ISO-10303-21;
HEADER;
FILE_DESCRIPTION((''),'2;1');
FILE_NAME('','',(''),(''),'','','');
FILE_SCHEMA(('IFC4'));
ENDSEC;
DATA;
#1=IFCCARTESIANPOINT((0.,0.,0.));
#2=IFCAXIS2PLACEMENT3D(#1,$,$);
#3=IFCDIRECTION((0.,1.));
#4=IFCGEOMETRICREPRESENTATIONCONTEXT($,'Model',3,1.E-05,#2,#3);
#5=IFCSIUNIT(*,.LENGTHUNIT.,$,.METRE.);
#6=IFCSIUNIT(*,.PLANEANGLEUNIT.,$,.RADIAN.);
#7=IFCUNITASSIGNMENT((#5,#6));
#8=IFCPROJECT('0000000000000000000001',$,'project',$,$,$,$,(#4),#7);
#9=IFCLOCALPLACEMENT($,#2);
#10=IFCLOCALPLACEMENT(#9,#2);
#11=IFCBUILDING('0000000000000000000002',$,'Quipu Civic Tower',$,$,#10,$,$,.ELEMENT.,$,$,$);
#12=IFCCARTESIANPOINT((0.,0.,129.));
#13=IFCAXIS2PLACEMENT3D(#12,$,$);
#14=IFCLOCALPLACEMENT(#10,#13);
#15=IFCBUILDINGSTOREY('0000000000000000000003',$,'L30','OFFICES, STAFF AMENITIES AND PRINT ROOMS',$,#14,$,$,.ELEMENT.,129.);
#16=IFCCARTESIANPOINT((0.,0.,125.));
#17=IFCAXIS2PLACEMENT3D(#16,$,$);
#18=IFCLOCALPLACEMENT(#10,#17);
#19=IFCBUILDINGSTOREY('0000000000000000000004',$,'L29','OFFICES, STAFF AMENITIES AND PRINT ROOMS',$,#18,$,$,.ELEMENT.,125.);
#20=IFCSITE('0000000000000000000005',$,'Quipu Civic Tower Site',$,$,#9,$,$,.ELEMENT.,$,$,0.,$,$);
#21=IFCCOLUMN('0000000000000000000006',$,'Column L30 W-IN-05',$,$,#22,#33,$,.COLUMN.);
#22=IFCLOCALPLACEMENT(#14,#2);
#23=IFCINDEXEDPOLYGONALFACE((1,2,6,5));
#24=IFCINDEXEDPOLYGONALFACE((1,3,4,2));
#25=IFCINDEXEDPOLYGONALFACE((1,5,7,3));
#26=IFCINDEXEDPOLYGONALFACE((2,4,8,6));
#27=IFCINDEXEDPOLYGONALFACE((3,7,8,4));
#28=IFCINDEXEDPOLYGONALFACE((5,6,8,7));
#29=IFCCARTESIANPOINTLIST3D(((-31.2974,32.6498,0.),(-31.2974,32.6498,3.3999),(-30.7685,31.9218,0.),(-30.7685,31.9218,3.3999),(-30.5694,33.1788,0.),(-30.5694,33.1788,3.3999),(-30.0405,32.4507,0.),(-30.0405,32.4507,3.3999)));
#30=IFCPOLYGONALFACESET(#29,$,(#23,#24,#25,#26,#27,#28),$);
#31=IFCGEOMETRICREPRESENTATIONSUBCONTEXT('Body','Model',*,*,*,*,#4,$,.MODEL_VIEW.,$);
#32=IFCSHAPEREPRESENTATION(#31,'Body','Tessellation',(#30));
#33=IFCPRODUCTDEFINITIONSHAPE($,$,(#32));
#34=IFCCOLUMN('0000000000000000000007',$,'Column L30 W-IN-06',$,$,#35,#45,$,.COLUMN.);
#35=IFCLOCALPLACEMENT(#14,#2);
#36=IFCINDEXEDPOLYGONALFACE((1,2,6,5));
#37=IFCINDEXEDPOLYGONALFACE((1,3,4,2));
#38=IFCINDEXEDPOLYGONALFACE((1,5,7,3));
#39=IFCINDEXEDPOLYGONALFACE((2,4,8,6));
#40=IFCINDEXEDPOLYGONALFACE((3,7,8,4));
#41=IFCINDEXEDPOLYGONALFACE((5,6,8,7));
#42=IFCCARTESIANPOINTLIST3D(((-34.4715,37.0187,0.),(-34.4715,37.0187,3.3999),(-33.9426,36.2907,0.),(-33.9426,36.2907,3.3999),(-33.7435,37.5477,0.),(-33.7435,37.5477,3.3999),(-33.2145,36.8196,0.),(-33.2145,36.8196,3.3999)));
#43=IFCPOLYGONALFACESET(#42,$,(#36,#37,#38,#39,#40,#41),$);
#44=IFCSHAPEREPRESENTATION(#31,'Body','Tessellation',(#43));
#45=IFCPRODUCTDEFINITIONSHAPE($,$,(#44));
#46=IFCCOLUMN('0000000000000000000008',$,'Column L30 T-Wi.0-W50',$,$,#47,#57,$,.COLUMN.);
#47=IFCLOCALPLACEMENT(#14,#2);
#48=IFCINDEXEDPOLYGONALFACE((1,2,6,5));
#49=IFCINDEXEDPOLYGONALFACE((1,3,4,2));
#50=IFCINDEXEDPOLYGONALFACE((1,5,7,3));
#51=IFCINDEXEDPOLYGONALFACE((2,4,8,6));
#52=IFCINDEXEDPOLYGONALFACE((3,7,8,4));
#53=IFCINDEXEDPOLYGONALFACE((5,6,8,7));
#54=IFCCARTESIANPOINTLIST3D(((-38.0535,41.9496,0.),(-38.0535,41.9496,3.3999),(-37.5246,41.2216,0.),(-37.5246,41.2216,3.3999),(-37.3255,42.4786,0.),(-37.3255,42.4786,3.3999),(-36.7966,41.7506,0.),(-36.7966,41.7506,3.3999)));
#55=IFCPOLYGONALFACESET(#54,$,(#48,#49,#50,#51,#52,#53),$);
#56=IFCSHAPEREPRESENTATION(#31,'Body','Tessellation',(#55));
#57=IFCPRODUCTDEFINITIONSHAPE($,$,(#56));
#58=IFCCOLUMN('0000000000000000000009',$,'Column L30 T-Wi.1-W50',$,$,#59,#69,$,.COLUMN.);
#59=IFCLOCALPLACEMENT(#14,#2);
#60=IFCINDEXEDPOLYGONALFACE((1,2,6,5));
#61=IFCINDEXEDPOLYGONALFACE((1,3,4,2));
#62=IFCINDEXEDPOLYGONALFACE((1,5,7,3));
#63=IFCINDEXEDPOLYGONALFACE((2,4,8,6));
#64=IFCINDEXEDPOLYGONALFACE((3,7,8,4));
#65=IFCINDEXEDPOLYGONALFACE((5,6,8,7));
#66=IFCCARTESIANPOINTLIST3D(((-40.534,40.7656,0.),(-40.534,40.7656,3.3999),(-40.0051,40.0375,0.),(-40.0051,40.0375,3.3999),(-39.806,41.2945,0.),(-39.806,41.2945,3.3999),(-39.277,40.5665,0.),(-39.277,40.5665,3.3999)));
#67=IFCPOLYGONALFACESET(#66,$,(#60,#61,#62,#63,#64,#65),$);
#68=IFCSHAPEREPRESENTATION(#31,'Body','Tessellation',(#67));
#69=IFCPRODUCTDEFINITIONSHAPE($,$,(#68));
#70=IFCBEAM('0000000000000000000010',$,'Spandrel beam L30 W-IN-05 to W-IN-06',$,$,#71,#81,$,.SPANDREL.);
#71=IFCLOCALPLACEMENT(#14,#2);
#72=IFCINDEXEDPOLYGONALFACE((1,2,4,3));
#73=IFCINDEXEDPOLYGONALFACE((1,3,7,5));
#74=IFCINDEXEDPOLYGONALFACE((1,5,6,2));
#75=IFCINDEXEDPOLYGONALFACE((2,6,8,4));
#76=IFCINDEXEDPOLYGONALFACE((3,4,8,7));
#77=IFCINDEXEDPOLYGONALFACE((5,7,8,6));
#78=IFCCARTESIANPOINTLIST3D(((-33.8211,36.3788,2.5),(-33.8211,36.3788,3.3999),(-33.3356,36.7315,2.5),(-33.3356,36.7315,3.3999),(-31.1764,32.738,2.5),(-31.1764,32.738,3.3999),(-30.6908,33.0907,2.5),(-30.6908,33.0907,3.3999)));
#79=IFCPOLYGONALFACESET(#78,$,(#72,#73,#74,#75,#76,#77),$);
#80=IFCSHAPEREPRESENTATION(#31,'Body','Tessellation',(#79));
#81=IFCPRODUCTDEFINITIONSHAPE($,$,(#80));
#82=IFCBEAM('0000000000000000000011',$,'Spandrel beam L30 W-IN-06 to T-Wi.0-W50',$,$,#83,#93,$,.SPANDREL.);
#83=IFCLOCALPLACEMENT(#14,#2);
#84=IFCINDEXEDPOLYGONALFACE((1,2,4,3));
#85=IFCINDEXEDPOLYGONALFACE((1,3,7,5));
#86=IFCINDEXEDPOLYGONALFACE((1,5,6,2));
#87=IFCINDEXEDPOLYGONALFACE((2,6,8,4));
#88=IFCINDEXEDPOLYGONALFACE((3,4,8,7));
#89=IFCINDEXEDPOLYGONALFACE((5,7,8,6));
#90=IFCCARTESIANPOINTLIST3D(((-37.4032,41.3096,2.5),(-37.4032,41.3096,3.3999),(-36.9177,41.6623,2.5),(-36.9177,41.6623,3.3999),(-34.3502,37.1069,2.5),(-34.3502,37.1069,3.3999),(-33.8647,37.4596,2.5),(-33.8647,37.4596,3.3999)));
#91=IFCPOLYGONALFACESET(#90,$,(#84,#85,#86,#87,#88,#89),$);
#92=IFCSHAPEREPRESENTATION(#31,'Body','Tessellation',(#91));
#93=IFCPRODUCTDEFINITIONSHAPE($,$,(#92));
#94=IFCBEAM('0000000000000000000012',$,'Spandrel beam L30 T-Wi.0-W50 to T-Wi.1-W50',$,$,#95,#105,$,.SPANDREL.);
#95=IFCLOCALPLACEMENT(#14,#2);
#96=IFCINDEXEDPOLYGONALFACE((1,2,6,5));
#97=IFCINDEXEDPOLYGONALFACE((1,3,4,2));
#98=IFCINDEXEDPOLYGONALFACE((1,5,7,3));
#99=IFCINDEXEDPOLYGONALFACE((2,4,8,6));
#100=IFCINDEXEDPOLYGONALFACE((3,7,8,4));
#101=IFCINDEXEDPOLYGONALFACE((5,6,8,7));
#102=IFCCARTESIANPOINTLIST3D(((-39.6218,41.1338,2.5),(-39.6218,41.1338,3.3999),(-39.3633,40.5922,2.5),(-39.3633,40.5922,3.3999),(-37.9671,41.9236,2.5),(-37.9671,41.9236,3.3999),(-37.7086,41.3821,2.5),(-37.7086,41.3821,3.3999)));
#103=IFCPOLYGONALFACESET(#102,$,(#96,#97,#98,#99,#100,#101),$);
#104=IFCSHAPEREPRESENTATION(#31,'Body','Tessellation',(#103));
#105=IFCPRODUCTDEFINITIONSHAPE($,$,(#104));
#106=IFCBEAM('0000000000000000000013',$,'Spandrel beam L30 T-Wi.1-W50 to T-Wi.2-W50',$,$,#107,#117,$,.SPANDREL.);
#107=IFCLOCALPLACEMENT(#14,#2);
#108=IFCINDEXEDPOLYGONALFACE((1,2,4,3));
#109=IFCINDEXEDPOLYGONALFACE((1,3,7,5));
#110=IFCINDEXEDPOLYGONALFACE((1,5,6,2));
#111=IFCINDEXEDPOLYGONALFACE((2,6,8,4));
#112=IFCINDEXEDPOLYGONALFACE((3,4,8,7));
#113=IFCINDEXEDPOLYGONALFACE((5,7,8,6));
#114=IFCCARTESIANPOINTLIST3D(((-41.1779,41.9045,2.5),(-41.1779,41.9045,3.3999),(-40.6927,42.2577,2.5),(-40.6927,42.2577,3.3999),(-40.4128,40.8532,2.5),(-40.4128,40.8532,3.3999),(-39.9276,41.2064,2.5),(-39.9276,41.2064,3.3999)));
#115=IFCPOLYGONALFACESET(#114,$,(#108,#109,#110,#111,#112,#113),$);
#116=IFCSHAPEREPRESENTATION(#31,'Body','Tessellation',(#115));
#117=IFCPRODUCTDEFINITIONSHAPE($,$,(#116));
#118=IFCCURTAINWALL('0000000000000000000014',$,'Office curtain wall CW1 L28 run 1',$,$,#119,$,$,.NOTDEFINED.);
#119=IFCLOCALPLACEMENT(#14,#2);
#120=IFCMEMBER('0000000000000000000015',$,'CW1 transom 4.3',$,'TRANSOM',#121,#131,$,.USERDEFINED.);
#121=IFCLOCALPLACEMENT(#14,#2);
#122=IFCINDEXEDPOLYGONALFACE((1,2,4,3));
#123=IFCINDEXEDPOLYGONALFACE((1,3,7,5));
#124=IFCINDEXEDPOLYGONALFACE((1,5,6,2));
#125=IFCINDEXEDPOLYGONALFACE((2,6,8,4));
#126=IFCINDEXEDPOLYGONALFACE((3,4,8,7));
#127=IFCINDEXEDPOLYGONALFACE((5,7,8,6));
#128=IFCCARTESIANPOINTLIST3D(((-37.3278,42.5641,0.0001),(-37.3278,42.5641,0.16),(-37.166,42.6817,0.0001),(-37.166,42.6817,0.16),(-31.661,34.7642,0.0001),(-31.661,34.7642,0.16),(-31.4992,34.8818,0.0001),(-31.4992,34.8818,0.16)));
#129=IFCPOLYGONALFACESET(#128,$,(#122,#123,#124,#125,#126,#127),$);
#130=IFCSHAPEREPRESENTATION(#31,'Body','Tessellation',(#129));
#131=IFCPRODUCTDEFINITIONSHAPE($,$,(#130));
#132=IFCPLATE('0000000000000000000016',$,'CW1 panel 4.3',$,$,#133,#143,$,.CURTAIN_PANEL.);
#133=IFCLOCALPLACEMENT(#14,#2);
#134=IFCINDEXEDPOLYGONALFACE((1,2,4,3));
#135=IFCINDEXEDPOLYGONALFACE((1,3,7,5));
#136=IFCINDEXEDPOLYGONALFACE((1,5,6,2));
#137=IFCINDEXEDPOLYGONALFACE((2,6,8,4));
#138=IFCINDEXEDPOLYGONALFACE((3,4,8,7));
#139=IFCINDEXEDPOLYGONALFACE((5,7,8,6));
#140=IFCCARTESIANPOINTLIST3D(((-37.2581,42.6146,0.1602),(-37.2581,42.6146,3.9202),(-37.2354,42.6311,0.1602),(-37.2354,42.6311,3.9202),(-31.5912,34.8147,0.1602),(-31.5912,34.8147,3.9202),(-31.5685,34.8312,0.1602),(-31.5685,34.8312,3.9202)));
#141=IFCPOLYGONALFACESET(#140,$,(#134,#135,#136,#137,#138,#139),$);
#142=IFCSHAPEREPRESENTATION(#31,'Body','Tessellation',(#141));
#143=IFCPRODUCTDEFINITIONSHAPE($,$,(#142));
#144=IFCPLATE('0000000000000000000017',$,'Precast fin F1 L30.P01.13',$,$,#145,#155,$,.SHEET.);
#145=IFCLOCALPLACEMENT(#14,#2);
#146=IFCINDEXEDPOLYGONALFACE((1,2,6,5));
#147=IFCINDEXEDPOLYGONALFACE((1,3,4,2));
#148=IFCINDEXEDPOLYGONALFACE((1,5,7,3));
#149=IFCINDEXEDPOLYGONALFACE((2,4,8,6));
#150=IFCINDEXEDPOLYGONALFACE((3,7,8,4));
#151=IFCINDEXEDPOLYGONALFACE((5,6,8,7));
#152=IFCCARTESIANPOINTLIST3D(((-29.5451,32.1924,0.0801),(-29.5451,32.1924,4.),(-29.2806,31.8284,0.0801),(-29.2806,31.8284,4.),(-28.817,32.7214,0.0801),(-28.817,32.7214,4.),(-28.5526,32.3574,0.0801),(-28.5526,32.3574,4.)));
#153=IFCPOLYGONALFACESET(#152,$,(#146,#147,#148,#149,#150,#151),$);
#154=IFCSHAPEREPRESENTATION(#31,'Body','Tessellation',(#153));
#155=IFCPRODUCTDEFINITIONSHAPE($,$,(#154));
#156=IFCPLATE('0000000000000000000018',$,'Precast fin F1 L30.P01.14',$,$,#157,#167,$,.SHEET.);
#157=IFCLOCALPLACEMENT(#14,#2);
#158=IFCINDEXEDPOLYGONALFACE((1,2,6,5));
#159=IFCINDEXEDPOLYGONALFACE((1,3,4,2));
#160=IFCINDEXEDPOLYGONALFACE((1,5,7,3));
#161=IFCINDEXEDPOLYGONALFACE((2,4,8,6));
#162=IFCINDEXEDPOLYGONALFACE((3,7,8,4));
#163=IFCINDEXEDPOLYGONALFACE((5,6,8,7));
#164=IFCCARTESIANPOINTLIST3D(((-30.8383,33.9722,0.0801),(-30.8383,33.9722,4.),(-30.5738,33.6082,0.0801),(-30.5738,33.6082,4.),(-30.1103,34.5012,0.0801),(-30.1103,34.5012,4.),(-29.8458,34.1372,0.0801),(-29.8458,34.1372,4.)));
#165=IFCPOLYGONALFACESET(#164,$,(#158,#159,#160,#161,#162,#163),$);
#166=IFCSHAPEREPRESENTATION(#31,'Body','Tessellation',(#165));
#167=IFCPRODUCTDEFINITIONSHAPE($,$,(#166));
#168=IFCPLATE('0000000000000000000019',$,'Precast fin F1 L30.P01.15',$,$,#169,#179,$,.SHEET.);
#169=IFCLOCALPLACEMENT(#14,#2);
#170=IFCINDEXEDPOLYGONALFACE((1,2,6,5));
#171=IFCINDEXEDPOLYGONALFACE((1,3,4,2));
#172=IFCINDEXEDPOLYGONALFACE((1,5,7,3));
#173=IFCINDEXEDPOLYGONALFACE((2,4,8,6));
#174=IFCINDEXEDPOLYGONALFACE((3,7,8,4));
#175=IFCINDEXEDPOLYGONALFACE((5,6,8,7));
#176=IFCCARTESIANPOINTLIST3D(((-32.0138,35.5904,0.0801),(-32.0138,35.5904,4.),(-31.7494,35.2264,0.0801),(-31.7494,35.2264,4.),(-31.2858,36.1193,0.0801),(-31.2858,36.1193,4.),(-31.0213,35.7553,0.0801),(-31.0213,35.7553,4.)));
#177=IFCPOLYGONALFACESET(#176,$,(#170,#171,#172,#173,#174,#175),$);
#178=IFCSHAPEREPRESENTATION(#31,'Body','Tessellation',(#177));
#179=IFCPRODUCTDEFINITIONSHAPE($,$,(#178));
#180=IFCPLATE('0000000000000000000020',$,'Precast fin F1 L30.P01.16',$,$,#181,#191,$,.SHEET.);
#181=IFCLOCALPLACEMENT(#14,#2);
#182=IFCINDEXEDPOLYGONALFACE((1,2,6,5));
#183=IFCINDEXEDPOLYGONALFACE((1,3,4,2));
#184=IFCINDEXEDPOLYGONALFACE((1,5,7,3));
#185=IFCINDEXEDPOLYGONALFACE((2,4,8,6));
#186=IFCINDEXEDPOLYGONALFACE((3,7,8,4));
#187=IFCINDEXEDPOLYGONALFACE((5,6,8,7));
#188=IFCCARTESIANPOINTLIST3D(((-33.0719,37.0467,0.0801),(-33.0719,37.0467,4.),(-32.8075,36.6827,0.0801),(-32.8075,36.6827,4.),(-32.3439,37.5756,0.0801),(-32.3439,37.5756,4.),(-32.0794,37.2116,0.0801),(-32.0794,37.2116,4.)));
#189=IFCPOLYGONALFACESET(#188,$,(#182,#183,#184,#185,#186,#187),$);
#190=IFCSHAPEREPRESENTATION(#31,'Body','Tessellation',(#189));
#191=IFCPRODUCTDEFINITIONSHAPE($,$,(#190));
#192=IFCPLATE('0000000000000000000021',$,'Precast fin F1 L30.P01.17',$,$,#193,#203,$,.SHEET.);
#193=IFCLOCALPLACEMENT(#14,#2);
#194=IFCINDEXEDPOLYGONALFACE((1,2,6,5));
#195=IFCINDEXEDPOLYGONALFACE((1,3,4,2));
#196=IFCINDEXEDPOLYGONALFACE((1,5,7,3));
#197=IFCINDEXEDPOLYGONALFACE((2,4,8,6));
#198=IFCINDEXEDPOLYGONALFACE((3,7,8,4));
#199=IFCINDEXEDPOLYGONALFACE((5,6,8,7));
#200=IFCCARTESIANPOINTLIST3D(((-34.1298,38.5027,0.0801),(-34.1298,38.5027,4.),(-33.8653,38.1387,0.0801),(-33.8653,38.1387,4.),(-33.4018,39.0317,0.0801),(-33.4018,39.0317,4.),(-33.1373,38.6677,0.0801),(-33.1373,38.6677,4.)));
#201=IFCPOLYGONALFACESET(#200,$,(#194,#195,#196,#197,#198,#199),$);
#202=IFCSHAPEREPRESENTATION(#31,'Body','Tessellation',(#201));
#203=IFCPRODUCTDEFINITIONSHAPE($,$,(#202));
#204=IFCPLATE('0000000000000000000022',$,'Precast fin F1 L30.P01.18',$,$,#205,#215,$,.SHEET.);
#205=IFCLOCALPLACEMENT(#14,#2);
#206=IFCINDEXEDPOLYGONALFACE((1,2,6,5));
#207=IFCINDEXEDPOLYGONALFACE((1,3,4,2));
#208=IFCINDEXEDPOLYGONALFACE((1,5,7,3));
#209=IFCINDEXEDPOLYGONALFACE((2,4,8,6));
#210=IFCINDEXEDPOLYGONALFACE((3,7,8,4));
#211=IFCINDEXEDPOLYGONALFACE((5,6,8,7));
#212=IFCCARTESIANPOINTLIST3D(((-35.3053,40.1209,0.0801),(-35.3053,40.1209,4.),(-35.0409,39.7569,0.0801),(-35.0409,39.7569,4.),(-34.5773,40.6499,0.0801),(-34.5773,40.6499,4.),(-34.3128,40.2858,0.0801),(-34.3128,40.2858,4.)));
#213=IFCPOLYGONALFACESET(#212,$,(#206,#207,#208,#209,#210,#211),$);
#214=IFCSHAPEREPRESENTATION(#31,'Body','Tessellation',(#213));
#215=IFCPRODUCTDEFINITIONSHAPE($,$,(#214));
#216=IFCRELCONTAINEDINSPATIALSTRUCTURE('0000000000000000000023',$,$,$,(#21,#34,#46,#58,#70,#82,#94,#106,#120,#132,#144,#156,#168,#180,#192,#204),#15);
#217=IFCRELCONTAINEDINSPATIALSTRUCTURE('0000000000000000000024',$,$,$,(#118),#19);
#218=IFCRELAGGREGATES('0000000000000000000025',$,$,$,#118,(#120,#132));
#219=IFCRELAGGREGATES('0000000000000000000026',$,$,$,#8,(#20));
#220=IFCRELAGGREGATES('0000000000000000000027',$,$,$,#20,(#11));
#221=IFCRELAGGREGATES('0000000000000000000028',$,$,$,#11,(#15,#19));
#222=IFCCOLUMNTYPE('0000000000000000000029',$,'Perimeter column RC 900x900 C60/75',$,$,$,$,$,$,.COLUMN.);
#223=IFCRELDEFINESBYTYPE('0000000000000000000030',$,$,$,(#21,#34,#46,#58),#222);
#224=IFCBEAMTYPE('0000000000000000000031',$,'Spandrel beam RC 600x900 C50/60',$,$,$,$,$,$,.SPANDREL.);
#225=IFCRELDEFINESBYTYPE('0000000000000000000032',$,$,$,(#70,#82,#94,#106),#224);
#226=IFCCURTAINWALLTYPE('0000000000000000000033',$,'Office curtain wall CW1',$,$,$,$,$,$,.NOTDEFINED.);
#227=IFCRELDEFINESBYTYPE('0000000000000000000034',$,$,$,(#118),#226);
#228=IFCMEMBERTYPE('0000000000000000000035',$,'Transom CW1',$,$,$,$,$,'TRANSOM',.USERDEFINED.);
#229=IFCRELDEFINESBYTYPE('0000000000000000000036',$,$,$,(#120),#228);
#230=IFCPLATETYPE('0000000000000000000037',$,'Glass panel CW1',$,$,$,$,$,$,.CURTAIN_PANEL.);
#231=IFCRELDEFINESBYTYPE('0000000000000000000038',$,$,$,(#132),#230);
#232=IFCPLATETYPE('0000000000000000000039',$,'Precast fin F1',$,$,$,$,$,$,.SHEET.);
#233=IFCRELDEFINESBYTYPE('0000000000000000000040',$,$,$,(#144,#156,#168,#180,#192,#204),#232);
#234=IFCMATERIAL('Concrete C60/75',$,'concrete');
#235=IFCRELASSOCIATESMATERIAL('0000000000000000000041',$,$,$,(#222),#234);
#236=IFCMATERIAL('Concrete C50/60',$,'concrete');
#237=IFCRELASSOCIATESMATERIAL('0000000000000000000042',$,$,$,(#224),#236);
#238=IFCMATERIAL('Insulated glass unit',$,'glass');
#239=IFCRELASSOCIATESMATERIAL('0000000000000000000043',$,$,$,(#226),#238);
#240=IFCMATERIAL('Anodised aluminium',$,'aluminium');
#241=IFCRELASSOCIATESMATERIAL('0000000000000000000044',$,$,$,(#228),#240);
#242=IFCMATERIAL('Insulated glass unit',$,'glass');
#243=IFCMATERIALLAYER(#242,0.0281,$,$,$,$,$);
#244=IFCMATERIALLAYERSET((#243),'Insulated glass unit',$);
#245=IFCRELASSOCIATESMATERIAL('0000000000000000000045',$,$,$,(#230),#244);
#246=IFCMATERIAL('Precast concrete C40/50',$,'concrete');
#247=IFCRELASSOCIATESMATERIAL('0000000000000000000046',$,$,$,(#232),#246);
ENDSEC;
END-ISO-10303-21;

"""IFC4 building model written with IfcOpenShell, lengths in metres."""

from ifc_helpers import new_model, si_unit, direction, frame, origin, origin_2d, place, context, subcontext, project, spatial, rectangle, extrude, material, layer, layer_set, material_profile, profile_set, type_object, element, aggregate, save


model = new_model("IFC4")

# Units and contexts
model_context = context("Model", 3, precision=1e-05, world=origin(), true_north=direction((0.0, 1.0)))
body_context = subcontext(model_context, "Body", "Model", "MODEL_VIEW")
ifc_project = project(units=[si_unit("LENGTHUNIT", "METRE"), si_unit("PLANEANGLEUNIT", "RADIAN")], contexts=[model_context])

# Site, building, storey
site_placement = place(None, origin())
site = spatial("IfcSite", under=ifc_project, at=site_placement, Name="Quipu Civic Tower Site", CompositionType="ELEMENT", RefElevation=0.0)
building_placement = place(site_placement, origin())
building = spatial("IfcBuilding", under=site, at=building_placement, Name="Quipu Civic Tower", CompositionType="ELEMENT")
storey_1_placement = place(building_placement, frame((0.0, 0.0, 129.0)))
storey_1 = spatial("IfcBuildingStorey", under=building, at=storey_1_placement, Name="L30", Description="OFFICES, STAFF AMENITIES AND PRINT ROOMS", CompositionType="ELEMENT", Elevation=129.0)

# Columns
ifc_material_1 = material(Name="Concrete C60/75", Category="concrete")
ifc_material_profile_1 = material_profile(ifc_material_1, rectangle(XDim=0.8999, YDim=0.8999, at=origin_2d()), Name="RC900x900")
ifc_profile_set_1 = profile_set([ifc_material_profile_1], Name="Concrete C60/75")
column_type = type_object("IfcColumnType", Name="Perimeter column RC 900x900 C60/75", PredefinedType="COLUMN", material=ifc_profile_set_1)
for number, where, z_axis, x_axis, name in (
    (1, (-30.6689, 32.5503, 0.0), (0.0, 0.0, 1.0), (-0.587785, 0.809017, 0.0), "Column L30 W-IN-05"),
    (2, (-33.843, 36.9192, 0.0), (0.0, 0.0, 1.0), (-0.587785, 0.809017, 0.0), "Column L30 W-IN-06"),
    (3, (-37.425, 41.8501, 0.0), (0.0, 0.0, 1.0), (-0.587785, 0.809017, 0.0), "Column L30 T-Wi.0-W50"),
    (4, (-39.9055, 40.666, 0.0), (0.0, 0.0, 1.0), (-0.587785, 0.809017, 0.0), "Column L30 T-Wi.1-W50"),
):
    element("IfcColumn", number, at=place(storey_1_placement, frame(where, z_axis=z_axis, x_axis=x_axis)), inside=storey_1, type_object=column_type, Name=name, PredefinedType="COLUMN", context=body_context, shape_type="SweptSolid", body=[
        extrude(rectangle(XDim=0.8999, YDim=0.8999, at=origin_2d()), origin(), (0.0, 0.0, 1.0), 3.3999),
    ])

# Beams
ifc_material_2 = material(Name="Concrete C50/60", Category="concrete")
ifc_material_profile_2 = material_profile(ifc_material_2, rectangle(XDim=0.6001, YDim=0.8999, at=origin_2d()), Name="RC600x900")
ifc_profile_set_2 = profile_set([ifc_material_profile_2], Name="Concrete C50/60")
beam_type = type_object("IfcBeamType", Name="Spandrel beam RC 600x900 C50/60", PredefinedType="SPANDREL", material=ifc_profile_set_2)
beam_1_placement = place(storey_1_placement, frame((-30.9336, 32.9143, 2.95), z_axis=(-0.587717, 0.809067, 0.0), x_axis=(-0.809067, -0.587717, 0.0)))
element("IfcBeam", 5, at=beam_1_placement, inside=storey_1, type_object=beam_type, Name="Spandrel beam L30 W-IN-05 to W-IN-06", PredefinedType="SPANDREL", context=body_context, shape_type="SweptSolid", body=[
    extrude(rectangle(XDim=0.6001, YDim=0.8999, at=origin_2d()), origin(), (0.0, 0.0, 1.0), 4.5),
])
beam_2_placement = place(storey_1_placement, frame((-34.1074, 37.2832, 2.95), z_axis=(-0.587733, 0.809055, 0.0), x_axis=(-0.809055, -0.587733, 0.0)))
element("IfcBeam", 6, at=beam_2_placement, inside=storey_1, type_object=beam_type, Name="Spandrel beam L30 W-IN-06 to T-Wi.0-W50", PredefinedType="SPANDREL", context=body_context, shape_type="SweptSolid", body=[
    extrude(rectangle(XDim=0.6001, YDim=0.8999, at=origin_2d()), origin(), (0.0, 0.0, 1.0), 5.1946),
])
beam_3_placement = place(storey_1_placement, frame((-37.8379, 41.6528, 2.95), z_axis=(-0.902454, -0.430786, 0.0), x_axis=(0.430786, -0.902454, 0.0)))
element("IfcBeam", 7, at=beam_3_placement, inside=storey_1, type_object=beam_type, Name="Spandrel beam L30 T-Wi.0-W50 to T-Wi.1-W50", PredefinedType="SPANDREL", context=body_context, shape_type="SweptSolid", body=[
    extrude(rectangle(XDim=0.6001, YDim=0.8999, at=origin_2d()), origin(), (0.0, 0.0, 1.0), 1.8335),
])
beam_4_placement = place(storey_1_placement, frame((-40.1702, 41.0298, 2.95), z_axis=(-0.588462, 0.808525, 0.0), x_axis=(-0.808525, -0.588462, 0.0)))
element("IfcBeam", 8, at=beam_4_placement, inside=storey_1, type_object=beam_type, Name="Spandrel beam L30 T-Wi.1-W50 to T-Wi.2-W50", PredefinedType="SPANDREL", context=body_context, shape_type="SweptSolid", body=[
    extrude(rectangle(XDim=0.6001, YDim=0.8999, at=origin_2d()), origin(), (0.0, 0.0, 1.0), 1.3003),
])

# Shared definitions
storey_2_placement = place(building_placement, frame((0.0, 0.0, 125.0)))
storey_2 = spatial("IfcBuildingStorey", under=building, at=storey_2_placement, Name="L29", Description="OFFICES, STAFF AMENITIES AND PRINT ROOMS", CompositionType="ELEMENT", Elevation=125.0)

# Curtain wall, member, plate
ifc_material_3 = material(Name="Insulated glass unit", Category="glass")
curtain_wall_type = type_object("IfcCurtainWallType", Name="Office curtain wall CW1", PredefinedType="NOTDEFINED", material=ifc_material_3)
curtain_wall_placement = place(storey_2_placement, origin())
curtain_wall = element("IfcCurtainWall", 9, at=curtain_wall_placement, inside=storey_2, type_object=curtain_wall_type, Name="Office curtain wall CW1 L28 run 1", PredefinedType="NOTDEFINED")
ifc_material_4 = material(Name="Anodised aluminium", Category="aluminium")
ifc_material_profile_3 = material_profile(ifc_material_4, rectangle(XDim=0.2, YDim=0.1599, at=origin_2d()), Name="RECT 200x160")
ifc_profile_set_3 = profile_set([ifc_material_profile_3], Name="Anodised aluminium")
member_type = type_object("IfcMemberType", Name="Transom CW1", ElementType="TRANSOM", PredefinedType="USERDEFINED", material=ifc_profile_set_3)
member_placement = place(storey_1_placement, frame((-31.5801, 34.823, 0.0801), z_axis=(-0.587776, 0.809024, 0.0), x_axis=(-0.809024, -0.587776, 0.0)))
member = element("IfcMember", 10, at=member_placement, inside=storey_1, type_object=member_type, Name="CW1 transom 4.3", ObjectType="TRANSOM", PredefinedType="USERDEFINED", context=body_context, shape_type="SweptSolid", body=[
    extrude(rectangle(XDim=0.2, YDim=0.1599, at=origin_2d()), origin(), (0.0, 0.0, 1.0), 9.6411),
])
ifc_material_5 = material(Name="Insulated glass unit", Category="glass")
ifc_layer_1 = layer(ifc_material_5, 0.0281)
ifc_layer_set_1 = layer_set([ifc_layer_1], Name="Insulated glass unit")
plate_type_1 = type_object("IfcPlateType", Name="Glass panel CW1", PredefinedType="CURTAIN_PANEL", material=ifc_layer_set_1)
plate_placement = place(storey_1_placement, frame((-34.4133, 38.7229, 0.1602), z_axis=(0.0, 0.0, 1.0), x_axis=(-0.587786, 0.809017, 0.0)))
plate = element("IfcPlate", 11, at=plate_placement, inside=storey_1, type_object=plate_type_1, Name="CW1 panel 4.3", PredefinedType="CURTAIN_PANEL", context=body_context, shape_type="SweptSolid", body=[
    extrude(rectangle(XDim=9.6411, YDim=0.0281, at=origin_2d()), origin(), (0.0, 0.0, 1.0), 3.76),
])
aggregate(curtain_wall, [member, plate])

# Plates
ifc_material_6 = material(Name="Precast concrete C40/50", Category="concrete")
plate_type_2 = type_object("IfcPlateType", Name="Precast fin F1", PredefinedType="SHEET", material=ifc_material_6)
for number, where, z_axis, x_axis, name in (
    (12, (-29.0488, 32.2749, 0.0801), (0.0, 0.0, 1.0), (-0.587785, 0.809017, 0.0), "Precast fin F1 L30.P01.13"),
    (13, (-30.342, 34.0547, 0.0801), (0.0, 0.0, 1.0), (-0.587785, 0.809017, 0.0), "Precast fin F1 L30.P01.14"),
    (14, (-31.5176, 35.6729, 0.0801), (0.0, 0.0, 1.0), (-0.587785, 0.809017, 0.0), "Precast fin F1 L30.P01.15"),
    (15, (-32.5757, 37.1292, 0.0801), (0.0, 0.0, 1.0), (-0.587785, 0.809017, 0.0), "Precast fin F1 L30.P01.16"),
    (16, (-33.6335, 38.5852, 0.0801), (0.0, 0.0, 1.0), (-0.587785, 0.809017, 0.0), "Precast fin F1 L30.P01.17"),
    (17, (-34.8091, 40.2034, 0.0801), (0.0, 0.0, 1.0), (-0.587785, 0.809017, 0.0), "Precast fin F1 L30.P01.18"),
):
    element("IfcPlate", number, at=place(storey_1_placement, frame(where, z_axis=z_axis, x_axis=x_axis)), inside=storey_1, type_object=plate_type_2, Name=name, PredefinedType="SHEET", context=body_context, shape_type="SweptSolid", body=[
        extrude(rectangle(XDim=0.45, YDim=0.8999, at=origin_2d()), origin(), (0.0, 0.0, 1.0), 3.9199),
    ])

save(model, "model.ifc")
